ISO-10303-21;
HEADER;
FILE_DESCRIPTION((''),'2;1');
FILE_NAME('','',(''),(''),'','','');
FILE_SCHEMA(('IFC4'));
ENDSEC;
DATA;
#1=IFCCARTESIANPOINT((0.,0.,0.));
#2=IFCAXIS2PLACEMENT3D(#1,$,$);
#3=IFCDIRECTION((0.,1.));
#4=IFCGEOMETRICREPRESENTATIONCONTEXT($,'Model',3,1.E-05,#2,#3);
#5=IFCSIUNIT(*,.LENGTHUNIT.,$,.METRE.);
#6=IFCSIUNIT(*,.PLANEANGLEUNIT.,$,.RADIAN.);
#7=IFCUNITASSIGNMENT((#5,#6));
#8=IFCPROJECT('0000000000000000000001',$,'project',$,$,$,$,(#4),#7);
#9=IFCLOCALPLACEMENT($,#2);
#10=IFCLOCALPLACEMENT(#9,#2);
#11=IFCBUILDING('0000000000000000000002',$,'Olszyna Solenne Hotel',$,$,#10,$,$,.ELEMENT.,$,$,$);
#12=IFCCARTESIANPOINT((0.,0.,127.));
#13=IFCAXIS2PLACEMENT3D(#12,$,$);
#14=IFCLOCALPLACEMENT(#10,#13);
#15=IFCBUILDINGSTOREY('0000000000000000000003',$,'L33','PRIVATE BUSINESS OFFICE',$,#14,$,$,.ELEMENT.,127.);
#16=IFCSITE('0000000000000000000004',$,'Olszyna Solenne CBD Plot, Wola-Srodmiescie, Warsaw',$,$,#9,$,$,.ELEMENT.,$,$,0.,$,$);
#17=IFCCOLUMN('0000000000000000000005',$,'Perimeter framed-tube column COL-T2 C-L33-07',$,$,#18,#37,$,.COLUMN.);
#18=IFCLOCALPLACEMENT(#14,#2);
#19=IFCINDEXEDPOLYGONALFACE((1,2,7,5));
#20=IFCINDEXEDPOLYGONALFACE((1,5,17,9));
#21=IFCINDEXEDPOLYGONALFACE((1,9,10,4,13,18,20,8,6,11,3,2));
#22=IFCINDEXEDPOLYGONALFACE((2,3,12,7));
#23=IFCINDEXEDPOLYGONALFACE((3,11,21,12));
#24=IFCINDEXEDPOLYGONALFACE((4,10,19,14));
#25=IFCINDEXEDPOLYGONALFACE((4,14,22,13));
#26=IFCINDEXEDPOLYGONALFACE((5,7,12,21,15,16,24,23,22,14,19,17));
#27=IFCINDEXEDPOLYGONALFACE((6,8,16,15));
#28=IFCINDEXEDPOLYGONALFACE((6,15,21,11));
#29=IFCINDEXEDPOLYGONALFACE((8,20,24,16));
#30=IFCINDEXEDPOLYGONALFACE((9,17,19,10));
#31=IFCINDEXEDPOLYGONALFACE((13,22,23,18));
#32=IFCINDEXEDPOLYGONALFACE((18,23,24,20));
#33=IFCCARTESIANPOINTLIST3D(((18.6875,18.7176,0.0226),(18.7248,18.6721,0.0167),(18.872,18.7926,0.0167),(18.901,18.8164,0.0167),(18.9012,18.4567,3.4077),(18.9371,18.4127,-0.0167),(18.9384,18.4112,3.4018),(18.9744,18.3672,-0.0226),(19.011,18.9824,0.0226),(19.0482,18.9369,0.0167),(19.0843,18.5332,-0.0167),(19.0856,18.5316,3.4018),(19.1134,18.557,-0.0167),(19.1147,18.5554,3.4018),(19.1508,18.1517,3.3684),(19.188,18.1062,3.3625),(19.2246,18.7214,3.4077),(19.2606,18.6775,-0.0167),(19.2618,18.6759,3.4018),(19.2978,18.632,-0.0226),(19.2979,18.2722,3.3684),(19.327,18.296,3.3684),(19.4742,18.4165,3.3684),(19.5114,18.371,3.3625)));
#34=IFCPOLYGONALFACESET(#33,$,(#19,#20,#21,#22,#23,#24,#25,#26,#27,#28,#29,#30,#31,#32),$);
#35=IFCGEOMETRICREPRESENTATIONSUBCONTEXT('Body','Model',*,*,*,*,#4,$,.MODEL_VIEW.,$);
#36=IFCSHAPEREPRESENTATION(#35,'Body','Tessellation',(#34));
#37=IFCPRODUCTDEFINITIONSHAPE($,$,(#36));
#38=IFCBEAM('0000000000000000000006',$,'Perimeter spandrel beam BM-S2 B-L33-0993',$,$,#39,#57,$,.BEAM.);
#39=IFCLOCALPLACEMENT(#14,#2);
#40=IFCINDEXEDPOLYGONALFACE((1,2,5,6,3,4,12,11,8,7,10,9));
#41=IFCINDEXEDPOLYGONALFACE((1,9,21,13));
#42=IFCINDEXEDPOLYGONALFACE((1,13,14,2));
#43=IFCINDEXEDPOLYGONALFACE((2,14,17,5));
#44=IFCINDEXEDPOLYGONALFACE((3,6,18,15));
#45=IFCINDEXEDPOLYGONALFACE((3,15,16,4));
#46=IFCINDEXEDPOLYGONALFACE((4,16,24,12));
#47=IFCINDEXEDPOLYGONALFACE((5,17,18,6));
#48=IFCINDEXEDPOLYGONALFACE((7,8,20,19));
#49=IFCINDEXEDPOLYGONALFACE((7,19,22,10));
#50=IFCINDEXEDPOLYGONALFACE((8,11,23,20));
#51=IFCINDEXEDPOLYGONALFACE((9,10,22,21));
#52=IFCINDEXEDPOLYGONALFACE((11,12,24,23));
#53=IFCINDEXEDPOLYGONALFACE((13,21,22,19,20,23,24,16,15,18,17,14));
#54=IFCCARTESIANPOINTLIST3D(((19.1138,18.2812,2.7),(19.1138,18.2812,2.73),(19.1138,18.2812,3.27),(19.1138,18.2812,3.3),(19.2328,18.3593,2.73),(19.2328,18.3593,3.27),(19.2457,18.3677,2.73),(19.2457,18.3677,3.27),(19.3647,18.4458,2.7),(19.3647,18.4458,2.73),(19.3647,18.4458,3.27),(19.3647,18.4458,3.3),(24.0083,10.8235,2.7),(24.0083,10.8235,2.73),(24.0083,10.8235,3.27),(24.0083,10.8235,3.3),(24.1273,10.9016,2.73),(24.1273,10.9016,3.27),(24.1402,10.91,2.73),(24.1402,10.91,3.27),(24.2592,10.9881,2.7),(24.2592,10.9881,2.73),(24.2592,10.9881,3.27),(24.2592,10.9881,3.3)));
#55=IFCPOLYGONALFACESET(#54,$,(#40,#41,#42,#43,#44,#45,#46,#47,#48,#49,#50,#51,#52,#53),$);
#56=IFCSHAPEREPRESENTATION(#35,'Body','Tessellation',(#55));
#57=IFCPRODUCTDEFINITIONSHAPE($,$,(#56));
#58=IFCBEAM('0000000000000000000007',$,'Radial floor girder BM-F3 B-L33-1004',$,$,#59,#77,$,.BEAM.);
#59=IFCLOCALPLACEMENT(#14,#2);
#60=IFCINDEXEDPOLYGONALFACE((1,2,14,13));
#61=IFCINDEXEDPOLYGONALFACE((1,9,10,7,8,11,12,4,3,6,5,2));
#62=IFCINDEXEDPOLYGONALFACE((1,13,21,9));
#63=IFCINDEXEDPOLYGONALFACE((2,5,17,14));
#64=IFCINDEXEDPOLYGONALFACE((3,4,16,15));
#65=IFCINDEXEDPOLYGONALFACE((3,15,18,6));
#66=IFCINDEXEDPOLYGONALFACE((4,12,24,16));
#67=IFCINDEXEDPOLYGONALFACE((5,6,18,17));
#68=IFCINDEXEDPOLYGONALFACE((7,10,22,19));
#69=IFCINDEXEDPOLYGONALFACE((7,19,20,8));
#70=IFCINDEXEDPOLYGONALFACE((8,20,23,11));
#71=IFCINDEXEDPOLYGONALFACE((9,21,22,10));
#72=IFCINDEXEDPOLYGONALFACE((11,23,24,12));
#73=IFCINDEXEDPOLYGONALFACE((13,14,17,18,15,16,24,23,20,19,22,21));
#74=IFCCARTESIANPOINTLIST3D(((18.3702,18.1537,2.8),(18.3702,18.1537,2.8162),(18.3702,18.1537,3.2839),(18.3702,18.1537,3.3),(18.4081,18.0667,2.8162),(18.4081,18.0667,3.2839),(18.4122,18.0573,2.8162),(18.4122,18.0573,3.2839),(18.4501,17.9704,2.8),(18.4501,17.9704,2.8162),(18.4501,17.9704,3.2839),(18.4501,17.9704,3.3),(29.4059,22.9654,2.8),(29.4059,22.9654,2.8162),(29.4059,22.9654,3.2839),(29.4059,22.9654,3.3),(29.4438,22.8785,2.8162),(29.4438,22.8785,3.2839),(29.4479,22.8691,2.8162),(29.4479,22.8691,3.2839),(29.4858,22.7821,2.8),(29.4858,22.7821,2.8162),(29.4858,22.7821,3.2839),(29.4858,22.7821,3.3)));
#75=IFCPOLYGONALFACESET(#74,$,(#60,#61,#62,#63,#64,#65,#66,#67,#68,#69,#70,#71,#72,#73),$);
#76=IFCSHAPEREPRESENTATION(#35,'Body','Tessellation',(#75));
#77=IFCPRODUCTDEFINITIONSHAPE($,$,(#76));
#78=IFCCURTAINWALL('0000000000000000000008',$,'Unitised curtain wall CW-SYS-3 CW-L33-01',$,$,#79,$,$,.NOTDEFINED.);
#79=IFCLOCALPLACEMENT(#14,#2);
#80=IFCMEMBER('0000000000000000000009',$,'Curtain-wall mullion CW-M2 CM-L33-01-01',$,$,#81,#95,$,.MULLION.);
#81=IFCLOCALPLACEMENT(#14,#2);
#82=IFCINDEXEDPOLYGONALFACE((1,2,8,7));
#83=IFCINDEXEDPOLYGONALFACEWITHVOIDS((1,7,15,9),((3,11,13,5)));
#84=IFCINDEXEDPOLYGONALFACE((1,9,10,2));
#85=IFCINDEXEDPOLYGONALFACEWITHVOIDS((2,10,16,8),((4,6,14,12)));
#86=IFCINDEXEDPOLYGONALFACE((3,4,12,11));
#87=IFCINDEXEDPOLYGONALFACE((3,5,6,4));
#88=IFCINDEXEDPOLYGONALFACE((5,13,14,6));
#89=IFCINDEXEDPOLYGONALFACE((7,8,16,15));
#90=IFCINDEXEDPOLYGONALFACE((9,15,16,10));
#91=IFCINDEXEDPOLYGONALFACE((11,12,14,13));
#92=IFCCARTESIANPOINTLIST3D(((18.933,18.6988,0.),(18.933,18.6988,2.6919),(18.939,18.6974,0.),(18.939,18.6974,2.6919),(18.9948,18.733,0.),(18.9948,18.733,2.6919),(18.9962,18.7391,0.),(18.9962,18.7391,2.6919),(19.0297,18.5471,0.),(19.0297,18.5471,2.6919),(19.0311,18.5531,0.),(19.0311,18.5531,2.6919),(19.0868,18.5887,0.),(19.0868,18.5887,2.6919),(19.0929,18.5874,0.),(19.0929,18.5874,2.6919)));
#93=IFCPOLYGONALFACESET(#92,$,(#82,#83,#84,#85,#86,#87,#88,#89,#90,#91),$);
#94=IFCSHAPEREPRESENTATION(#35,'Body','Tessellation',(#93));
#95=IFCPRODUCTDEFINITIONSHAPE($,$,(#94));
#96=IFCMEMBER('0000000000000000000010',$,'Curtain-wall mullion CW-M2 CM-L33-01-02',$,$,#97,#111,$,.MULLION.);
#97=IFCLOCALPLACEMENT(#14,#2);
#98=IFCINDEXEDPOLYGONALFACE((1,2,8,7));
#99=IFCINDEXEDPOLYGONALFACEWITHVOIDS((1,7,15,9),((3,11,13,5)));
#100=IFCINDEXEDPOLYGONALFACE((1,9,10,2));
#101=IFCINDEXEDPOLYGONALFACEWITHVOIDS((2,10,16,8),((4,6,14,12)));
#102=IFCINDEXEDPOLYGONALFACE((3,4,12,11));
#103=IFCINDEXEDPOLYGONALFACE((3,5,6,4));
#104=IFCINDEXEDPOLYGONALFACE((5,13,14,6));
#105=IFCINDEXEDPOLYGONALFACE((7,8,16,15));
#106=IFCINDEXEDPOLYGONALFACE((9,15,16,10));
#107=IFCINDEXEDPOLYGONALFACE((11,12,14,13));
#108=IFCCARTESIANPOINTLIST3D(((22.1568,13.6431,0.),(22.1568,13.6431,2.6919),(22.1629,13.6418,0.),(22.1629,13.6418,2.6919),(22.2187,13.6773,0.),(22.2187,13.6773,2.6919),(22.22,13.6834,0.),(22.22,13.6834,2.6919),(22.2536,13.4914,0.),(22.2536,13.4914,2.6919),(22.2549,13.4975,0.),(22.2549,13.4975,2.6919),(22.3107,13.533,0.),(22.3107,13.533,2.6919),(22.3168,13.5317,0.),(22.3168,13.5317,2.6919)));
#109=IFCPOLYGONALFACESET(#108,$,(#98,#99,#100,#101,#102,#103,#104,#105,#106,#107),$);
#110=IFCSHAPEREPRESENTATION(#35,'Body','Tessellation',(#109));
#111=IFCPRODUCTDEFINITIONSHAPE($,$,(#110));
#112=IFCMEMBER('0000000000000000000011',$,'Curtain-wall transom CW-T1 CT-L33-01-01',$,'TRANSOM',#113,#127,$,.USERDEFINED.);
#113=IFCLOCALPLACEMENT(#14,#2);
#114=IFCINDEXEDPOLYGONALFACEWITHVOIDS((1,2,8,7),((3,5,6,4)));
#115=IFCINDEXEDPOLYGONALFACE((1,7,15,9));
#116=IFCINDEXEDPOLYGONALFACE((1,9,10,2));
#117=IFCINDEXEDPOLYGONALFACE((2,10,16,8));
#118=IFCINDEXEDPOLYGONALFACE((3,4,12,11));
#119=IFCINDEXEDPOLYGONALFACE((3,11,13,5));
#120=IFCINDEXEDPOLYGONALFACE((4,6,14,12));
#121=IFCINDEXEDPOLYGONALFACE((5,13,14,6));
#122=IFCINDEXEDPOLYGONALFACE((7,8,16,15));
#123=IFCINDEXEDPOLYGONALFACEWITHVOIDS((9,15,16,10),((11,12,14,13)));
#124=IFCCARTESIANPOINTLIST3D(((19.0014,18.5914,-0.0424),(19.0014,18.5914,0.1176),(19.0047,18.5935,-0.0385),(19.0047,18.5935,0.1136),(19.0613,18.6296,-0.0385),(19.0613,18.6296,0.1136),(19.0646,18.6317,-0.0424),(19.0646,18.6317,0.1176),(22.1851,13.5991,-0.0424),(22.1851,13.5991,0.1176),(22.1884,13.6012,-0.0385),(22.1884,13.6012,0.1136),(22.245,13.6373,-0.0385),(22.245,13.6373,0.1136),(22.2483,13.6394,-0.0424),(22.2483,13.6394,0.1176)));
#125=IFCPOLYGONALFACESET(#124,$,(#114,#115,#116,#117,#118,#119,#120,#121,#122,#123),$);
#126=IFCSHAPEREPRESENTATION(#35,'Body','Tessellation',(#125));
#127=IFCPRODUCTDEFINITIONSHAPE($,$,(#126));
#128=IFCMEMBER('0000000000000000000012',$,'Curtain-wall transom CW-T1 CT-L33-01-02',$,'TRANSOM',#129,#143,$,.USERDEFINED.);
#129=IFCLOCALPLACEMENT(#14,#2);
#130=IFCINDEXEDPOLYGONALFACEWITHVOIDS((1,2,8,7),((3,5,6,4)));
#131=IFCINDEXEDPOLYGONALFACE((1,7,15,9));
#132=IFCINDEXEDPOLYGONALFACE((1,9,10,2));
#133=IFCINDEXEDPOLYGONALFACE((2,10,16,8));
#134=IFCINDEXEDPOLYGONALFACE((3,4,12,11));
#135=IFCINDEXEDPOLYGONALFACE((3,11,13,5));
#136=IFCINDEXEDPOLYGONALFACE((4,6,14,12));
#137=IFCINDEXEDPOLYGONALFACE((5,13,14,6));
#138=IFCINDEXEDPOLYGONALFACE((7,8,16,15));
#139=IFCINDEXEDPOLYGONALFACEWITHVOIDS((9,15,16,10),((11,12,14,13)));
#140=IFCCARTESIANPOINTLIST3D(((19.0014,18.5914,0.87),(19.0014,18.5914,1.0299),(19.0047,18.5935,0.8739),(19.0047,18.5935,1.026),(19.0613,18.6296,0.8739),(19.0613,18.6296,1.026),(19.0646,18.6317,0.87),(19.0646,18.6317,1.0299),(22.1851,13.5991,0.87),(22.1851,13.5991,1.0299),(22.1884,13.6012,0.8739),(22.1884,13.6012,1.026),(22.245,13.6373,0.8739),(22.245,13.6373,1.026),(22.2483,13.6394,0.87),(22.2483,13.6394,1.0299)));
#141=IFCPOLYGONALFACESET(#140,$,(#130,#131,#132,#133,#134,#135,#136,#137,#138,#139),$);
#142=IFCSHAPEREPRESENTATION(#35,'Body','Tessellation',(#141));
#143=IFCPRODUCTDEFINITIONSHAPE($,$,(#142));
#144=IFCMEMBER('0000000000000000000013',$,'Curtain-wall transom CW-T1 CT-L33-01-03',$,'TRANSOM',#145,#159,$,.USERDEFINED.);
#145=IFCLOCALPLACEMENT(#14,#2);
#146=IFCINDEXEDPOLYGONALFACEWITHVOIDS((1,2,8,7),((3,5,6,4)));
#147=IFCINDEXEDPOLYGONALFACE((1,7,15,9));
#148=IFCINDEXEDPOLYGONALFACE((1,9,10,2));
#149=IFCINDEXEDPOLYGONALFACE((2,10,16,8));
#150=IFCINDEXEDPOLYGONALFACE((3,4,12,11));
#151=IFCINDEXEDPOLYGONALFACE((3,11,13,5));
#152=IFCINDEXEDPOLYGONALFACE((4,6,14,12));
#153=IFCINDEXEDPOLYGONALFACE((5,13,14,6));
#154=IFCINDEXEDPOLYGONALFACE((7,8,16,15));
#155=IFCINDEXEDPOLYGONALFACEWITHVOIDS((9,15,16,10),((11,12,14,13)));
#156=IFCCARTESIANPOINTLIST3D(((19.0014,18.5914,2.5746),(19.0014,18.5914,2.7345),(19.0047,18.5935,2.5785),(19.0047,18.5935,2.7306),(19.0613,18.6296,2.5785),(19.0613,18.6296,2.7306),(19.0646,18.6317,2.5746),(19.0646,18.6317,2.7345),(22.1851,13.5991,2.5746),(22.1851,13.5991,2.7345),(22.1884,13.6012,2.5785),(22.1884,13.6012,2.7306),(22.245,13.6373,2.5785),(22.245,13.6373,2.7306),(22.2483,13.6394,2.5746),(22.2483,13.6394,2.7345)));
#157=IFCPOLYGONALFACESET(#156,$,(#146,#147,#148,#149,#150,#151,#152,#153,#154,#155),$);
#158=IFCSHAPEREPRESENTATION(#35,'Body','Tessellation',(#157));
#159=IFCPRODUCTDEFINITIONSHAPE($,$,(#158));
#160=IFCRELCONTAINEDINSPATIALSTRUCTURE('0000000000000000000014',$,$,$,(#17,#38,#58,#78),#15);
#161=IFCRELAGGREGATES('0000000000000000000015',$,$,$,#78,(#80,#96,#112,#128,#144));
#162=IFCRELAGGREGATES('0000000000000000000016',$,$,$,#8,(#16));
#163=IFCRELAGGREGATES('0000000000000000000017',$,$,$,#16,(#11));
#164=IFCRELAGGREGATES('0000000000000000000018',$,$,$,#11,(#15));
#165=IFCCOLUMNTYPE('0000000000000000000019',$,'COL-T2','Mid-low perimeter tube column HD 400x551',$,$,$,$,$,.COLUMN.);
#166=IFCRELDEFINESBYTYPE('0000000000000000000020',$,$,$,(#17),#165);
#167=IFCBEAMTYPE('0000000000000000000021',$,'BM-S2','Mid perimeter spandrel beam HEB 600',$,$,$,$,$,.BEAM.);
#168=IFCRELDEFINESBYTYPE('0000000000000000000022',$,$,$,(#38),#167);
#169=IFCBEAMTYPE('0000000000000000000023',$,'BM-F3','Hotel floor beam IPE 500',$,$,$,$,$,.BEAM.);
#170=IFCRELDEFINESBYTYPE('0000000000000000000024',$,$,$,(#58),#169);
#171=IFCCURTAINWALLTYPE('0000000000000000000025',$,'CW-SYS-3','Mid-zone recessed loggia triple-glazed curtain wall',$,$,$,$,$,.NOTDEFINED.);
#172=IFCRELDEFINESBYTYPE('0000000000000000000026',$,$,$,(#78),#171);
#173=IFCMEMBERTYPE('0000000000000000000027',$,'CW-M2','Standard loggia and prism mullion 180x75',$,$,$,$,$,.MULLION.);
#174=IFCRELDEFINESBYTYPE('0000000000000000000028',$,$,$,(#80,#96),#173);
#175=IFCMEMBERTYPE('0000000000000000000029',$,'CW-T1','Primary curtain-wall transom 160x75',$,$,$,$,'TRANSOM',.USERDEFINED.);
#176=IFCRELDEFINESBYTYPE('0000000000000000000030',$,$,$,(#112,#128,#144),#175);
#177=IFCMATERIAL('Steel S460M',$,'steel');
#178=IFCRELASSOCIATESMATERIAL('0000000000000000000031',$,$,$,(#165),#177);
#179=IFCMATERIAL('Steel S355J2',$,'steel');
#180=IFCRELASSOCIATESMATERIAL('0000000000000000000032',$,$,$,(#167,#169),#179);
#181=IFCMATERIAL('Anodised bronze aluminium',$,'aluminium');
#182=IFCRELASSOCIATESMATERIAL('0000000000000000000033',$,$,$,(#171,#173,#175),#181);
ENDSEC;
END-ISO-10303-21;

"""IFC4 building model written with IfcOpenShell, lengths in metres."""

from ifc_helpers import new_model, si_unit, direction, frame, origin, origin_2d, place, context, subcontext, project, spatial, hollow_rectangle, i_section, extrude, source, transform, mapped, material, material_profile, profile_set, type_object, element, aggregate, save


model = new_model("IFC4")

# Units and contexts
model_context = context("Model", 3, precision=1e-05, world=origin(), true_north=direction((0.0, 1.0)))
body_context = subcontext(model_context, "Body", "Model", "MODEL_VIEW")
ifc_project = project(units=[si_unit("LENGTHUNIT", "METRE"), si_unit("PLANEANGLEUNIT", "RADIAN")], contexts=[model_context])

# Site, building, storey
site_placement = place(None, origin())
site = spatial("IfcSite", under=ifc_project, at=site_placement, Name="Olszyna Solenne CBD Plot, Wola-Srodmiescie, Warsaw", CompositionType="ELEMENT", RefElevation=0.0)
building_placement = place(site_placement, origin())
building = spatial("IfcBuilding", under=site, at=building_placement, Name="Olszyna Solenne Hotel", CompositionType="ELEMENT")
storey_placement = place(building_placement, frame((0.0, 0.0, 127.0)))
storey = spatial("IfcBuildingStorey", under=building, at=storey_placement, Name="L33", Description="PRIVATE BUSINESS OFFICE", CompositionType="ELEMENT", Elevation=127.0)

# Column
ifc_material_1 = material(Name="Steel S460M", Category="steel")
ifc_material_profile_1 = material_profile(ifc_material_1, i_section(OverallWidth=0.418, OverallDepth=0.4551, WebThickness=0.0376, FlangeThickness=0.0591, at=origin_2d()), Name="HD 400x551", Category="load-bearing")
ifc_profile_set_1 = profile_set([ifc_material_profile_1], Name="Steel S460M")
column_type = type_object("IfcColumnType", Name="COL-T2", Description="Mid-low perimeter tube column HD 400x551", PredefinedType="COLUMN", material=ifc_profile_set_1)
shared_shape_1 = source(origin(), body_context, "Body", "SweptSolid", [
    extrude(i_section(OverallWidth=0.418, OverallDepth=0.4551, WebThickness=0.0376, FlangeThickness=0.0591, at=origin_2d()), origin(), (0.0, 0.0, 1.0), 3.4019),
])
column_placement = place(storey_placement, frame((18.9927, 18.6748, 0.0), z_axis=(0.062798, -0.076721, 0.995073), x_axis=(0.773828, 0.633395, 0.0)))
element("IfcColumn", 1, at=column_placement, inside=storey, type_object=column_type, Name="Perimeter framed-tube column COL-T2 C-L33-07", PredefinedType="COLUMN", context=body_context, shape_type="MappedRepresentation", body=[
    mapped(shared_shape_1, transform((0.0, 0.0, 0.0), x_axis=(1.0, 0.0, 0.0), y_axis=(0.0, 1.0, 0.0), z_axis=(0.0, 0.0, 1.0), scale=1.0)),
])

# Beams
ifc_material_2 = material(Name="Steel S355J2", Category="steel")
ifc_material_profile_2 = material_profile(ifc_material_2, i_section(OverallWidth=0.3, OverallDepth=0.6001, WebThickness=0.0154, FlangeThickness=0.03, at=origin_2d()), Name="HEB 600", Category="load-bearing")
ifc_profile_set_2 = profile_set([ifc_material_profile_2], Name="Steel S355J2")
beam_type_1 = type_object("IfcBeamType", Name="BM-S2", Description="Mid perimeter spandrel beam HEB 600", PredefinedType="BEAM", material=ifc_profile_set_2)
shared_shape_2 = source(origin(), body_context, "Body", "SweptSolid", [
    extrude(i_section(OverallWidth=0.3, OverallDepth=0.6001, WebThickness=0.0154, FlangeThickness=0.03, at=origin_2d()), origin(), (0.0, 0.0, 1.0), 8.9204),
])
beam_1_placement = place(storey_placement, frame((19.2393, 18.3635, 3.0), z_axis=(0.548686, -0.836029, 0.0), x_axis=(0.836029, 0.548686, 0.0)))
element("IfcBeam", 2, at=beam_1_placement, inside=storey, type_object=beam_type_1, Name="Perimeter spandrel beam BM-S2 B-L33-0993", PredefinedType="BEAM", context=body_context, shape_type="MappedRepresentation", body=[
    mapped(shared_shape_2, transform((0.0, 0.0, 0.0), x_axis=(1.0, 0.0, 0.0), y_axis=(0.0, 1.0, 0.0), z_axis=(0.0, 0.0, 1.0), scale=1.0)),
])
ifc_material_profile_3 = material_profile(ifc_material_2, i_section(OverallWidth=0.2, OverallDepth=0.5, WebThickness=0.0103, FlangeThickness=0.0161, at=origin_2d()), Name="IPE 500", Category="load-bearing")
ifc_profile_set_3 = profile_set([ifc_material_profile_3], Name="Steel S355J2")
beam_type_2 = type_object("IfcBeamType", Name="BM-F3", Description="Hotel floor beam IPE 500", PredefinedType="BEAM", material=ifc_profile_set_3)
shared_shape_3 = source(origin(), body_context, "Body", "SweptSolid", [
    extrude(i_section(OverallWidth=0.2, OverallDepth=0.5, WebThickness=0.0103, FlangeThickness=0.0161, at=origin_2d()), origin(), (0.0, 0.0, 1.0), 12.0391),
])
beam_2_placement = place(storey_placement, frame((18.4102, 18.062, 3.05), z_axis=(0.916655, 0.39968, 0.0), x_axis=(-0.39968, 0.916655, 0.0)))
element("IfcBeam", 3, at=beam_2_placement, inside=storey, type_object=beam_type_2, Name="Radial floor girder BM-F3 B-L33-1004", PredefinedType="BEAM", context=body_context, shape_type="MappedRepresentation", body=[
    mapped(shared_shape_3, transform((0.0, 0.0, 0.0), x_axis=(1.0, 0.0, 0.0), y_axis=(0.0, 1.0, 0.0), z_axis=(0.0, 0.0, 1.0), scale=1.0)),
])

# Curtain wall, members
ifc_material_3 = material(Name="Anodised bronze aluminium", Category="aluminium")
curtain_wall_type = type_object("IfcCurtainWallType", Name="CW-SYS-3", Description="Mid-zone recessed loggia triple-glazed curtain wall", PredefinedType="NOTDEFINED", material=ifc_material_3)
curtain_wall_placement = place(storey_placement, origin())
curtain_wall = element("IfcCurtainWall", 4, at=curtain_wall_placement, inside=storey, type_object=curtain_wall_type, Name="Unitised curtain wall CW-SYS-3 CW-L33-01", PredefinedType="NOTDEFINED")
ifc_material_profile_4 = material_profile(ifc_material_3, hollow_rectangle(XDim=0.075, YDim=0.1799, WallThickness=0.0044, at=origin_2d()), Name="MULL 180x75x4.5", Category="load-bearing")
ifc_profile_set_4 = profile_set([ifc_material_profile_4], Name="Anodised bronze aluminium")
member_type_1 = type_object("IfcMemberType", Name="CW-M2", Description="Standard loggia and prism mullion 180x75", PredefinedType="MULLION", material=ifc_profile_set_4)
shared_shape_4 = source(origin(), body_context, "Body", "SweptSolid", [
    extrude(hollow_rectangle(XDim=0.075, YDim=0.1799, WallThickness=0.0044, at=origin_2d()), origin(), (0.0, 0.0, 1.0), 2.6919),
])
member_1_placement = place(storey_placement, frame((19.0129, 18.6431, 0.0), z_axis=(0.0, 0.0, 1.0), x_axis=(0.843144, 0.537687, 0.0)))
member_1 = element("IfcMember", 5, at=member_1_placement, type_object=member_type_1, Name="Curtain-wall mullion CW-M2 CM-L33-01-01", PredefinedType="MULLION", context=body_context, shape_type="MappedRepresentation", body=[
    mapped(shared_shape_4, transform((0.0, 0.0, 0.0), x_axis=(1.0, 0.0, 0.0), y_axis=(0.0, 1.0, 0.0), z_axis=(0.0, 0.0, 1.0), scale=1.0)),
])
member_2_placement = place(storey_placement, frame((22.2368, 13.5874, 0.0), z_axis=(0.0, 0.0, 1.0), x_axis=(0.843144, 0.537687, 0.0)))
member_2 = element("IfcMember", 6, at=member_2_placement, type_object=member_type_1, Name="Curtain-wall mullion CW-M2 CM-L33-01-02", PredefinedType="MULLION", context=body_context, shape_type="MappedRepresentation", body=[
    mapped(shared_shape_4, transform((0.0, 0.0, 0.0), x_axis=(1.0, 0.0, 0.0), y_axis=(0.0, 1.0, 0.0), z_axis=(0.0, 0.0, 1.0), scale=1.0)),
])
ifc_material_profile_5 = material_profile(ifc_material_3, hollow_rectangle(XDim=0.075, YDim=0.1599, WallThickness=0.0039, at=origin_2d()), Name="TRAN 160x75x4", Category="load-bearing")
ifc_profile_set_5 = profile_set([ifc_material_profile_5], Name="Anodised bronze aluminium")
member_type_2 = type_object("IfcMemberType", Name="CW-T1", Description="Primary curtain-wall transom 160x75", ElementType="TRANSOM", PredefinedType="USERDEFINED", material=ifc_profile_set_5)
shared_shape_5 = source(origin(), body_context, "Body", "SweptSolid", [
    extrude(hollow_rectangle(XDim=0.075, YDim=0.1599, WallThickness=0.0039, at=origin_2d()), origin(), (0.0, 0.0, 1.0), 5.9211),
])
member_3_placement = place(storey_placement, frame((19.033, 18.6116, 0.0376), z_axis=(0.537697, -0.843138, 0.0), x_axis=(0.843138, 0.537697, 0.0)))
member_3 = element("IfcMember", 7, at=member_3_placement, type_object=member_type_2, Name="Curtain-wall transom CW-T1 CT-L33-01-01", ObjectType="TRANSOM", PredefinedType="USERDEFINED", context=body_context, shape_type="MappedRepresentation", body=[
    mapped(shared_shape_5, transform((0.0, 0.0, 0.0), x_axis=(1.0, 0.0, 0.0), y_axis=(0.0, 1.0, 0.0), z_axis=(0.0, 0.0, 1.0), scale=1.0)),
])
member_4_placement = place(storey_placement, frame((19.033, 18.6116, 0.95), z_axis=(0.537697, -0.843138, 0.0), x_axis=(0.843138, 0.537697, 0.0)))
member_4 = element("IfcMember", 8, at=member_4_placement, type_object=member_type_2, Name="Curtain-wall transom CW-T1 CT-L33-01-02", ObjectType="TRANSOM", PredefinedType="USERDEFINED", context=body_context, shape_type="MappedRepresentation", body=[
    mapped(shared_shape_5, transform((0.0, 0.0, 0.0), x_axis=(1.0, 0.0, 0.0), y_axis=(0.0, 1.0, 0.0), z_axis=(0.0, 0.0, 1.0), scale=1.0)),
])
member_5_placement = place(storey_placement, frame((19.033, 18.6116, 2.6545), z_axis=(0.537697, -0.843138, 0.0), x_axis=(0.843138, 0.537697, 0.0)))
member_5 = element("IfcMember", 9, at=member_5_placement, type_object=member_type_2, Name="Curtain-wall transom CW-T1 CT-L33-01-03", ObjectType="TRANSOM", PredefinedType="USERDEFINED", context=body_context, shape_type="MappedRepresentation", body=[
    mapped(shared_shape_5, transform((0.0, 0.0, 0.0), x_axis=(1.0, 0.0, 0.0), y_axis=(0.0, 1.0, 0.0), z_axis=(0.0, 0.0, 1.0), scale=1.0)),
])

aggregate(curtain_wall, [member_1, member_2, member_3, member_4, member_5])

save(model, "model.ifc")
